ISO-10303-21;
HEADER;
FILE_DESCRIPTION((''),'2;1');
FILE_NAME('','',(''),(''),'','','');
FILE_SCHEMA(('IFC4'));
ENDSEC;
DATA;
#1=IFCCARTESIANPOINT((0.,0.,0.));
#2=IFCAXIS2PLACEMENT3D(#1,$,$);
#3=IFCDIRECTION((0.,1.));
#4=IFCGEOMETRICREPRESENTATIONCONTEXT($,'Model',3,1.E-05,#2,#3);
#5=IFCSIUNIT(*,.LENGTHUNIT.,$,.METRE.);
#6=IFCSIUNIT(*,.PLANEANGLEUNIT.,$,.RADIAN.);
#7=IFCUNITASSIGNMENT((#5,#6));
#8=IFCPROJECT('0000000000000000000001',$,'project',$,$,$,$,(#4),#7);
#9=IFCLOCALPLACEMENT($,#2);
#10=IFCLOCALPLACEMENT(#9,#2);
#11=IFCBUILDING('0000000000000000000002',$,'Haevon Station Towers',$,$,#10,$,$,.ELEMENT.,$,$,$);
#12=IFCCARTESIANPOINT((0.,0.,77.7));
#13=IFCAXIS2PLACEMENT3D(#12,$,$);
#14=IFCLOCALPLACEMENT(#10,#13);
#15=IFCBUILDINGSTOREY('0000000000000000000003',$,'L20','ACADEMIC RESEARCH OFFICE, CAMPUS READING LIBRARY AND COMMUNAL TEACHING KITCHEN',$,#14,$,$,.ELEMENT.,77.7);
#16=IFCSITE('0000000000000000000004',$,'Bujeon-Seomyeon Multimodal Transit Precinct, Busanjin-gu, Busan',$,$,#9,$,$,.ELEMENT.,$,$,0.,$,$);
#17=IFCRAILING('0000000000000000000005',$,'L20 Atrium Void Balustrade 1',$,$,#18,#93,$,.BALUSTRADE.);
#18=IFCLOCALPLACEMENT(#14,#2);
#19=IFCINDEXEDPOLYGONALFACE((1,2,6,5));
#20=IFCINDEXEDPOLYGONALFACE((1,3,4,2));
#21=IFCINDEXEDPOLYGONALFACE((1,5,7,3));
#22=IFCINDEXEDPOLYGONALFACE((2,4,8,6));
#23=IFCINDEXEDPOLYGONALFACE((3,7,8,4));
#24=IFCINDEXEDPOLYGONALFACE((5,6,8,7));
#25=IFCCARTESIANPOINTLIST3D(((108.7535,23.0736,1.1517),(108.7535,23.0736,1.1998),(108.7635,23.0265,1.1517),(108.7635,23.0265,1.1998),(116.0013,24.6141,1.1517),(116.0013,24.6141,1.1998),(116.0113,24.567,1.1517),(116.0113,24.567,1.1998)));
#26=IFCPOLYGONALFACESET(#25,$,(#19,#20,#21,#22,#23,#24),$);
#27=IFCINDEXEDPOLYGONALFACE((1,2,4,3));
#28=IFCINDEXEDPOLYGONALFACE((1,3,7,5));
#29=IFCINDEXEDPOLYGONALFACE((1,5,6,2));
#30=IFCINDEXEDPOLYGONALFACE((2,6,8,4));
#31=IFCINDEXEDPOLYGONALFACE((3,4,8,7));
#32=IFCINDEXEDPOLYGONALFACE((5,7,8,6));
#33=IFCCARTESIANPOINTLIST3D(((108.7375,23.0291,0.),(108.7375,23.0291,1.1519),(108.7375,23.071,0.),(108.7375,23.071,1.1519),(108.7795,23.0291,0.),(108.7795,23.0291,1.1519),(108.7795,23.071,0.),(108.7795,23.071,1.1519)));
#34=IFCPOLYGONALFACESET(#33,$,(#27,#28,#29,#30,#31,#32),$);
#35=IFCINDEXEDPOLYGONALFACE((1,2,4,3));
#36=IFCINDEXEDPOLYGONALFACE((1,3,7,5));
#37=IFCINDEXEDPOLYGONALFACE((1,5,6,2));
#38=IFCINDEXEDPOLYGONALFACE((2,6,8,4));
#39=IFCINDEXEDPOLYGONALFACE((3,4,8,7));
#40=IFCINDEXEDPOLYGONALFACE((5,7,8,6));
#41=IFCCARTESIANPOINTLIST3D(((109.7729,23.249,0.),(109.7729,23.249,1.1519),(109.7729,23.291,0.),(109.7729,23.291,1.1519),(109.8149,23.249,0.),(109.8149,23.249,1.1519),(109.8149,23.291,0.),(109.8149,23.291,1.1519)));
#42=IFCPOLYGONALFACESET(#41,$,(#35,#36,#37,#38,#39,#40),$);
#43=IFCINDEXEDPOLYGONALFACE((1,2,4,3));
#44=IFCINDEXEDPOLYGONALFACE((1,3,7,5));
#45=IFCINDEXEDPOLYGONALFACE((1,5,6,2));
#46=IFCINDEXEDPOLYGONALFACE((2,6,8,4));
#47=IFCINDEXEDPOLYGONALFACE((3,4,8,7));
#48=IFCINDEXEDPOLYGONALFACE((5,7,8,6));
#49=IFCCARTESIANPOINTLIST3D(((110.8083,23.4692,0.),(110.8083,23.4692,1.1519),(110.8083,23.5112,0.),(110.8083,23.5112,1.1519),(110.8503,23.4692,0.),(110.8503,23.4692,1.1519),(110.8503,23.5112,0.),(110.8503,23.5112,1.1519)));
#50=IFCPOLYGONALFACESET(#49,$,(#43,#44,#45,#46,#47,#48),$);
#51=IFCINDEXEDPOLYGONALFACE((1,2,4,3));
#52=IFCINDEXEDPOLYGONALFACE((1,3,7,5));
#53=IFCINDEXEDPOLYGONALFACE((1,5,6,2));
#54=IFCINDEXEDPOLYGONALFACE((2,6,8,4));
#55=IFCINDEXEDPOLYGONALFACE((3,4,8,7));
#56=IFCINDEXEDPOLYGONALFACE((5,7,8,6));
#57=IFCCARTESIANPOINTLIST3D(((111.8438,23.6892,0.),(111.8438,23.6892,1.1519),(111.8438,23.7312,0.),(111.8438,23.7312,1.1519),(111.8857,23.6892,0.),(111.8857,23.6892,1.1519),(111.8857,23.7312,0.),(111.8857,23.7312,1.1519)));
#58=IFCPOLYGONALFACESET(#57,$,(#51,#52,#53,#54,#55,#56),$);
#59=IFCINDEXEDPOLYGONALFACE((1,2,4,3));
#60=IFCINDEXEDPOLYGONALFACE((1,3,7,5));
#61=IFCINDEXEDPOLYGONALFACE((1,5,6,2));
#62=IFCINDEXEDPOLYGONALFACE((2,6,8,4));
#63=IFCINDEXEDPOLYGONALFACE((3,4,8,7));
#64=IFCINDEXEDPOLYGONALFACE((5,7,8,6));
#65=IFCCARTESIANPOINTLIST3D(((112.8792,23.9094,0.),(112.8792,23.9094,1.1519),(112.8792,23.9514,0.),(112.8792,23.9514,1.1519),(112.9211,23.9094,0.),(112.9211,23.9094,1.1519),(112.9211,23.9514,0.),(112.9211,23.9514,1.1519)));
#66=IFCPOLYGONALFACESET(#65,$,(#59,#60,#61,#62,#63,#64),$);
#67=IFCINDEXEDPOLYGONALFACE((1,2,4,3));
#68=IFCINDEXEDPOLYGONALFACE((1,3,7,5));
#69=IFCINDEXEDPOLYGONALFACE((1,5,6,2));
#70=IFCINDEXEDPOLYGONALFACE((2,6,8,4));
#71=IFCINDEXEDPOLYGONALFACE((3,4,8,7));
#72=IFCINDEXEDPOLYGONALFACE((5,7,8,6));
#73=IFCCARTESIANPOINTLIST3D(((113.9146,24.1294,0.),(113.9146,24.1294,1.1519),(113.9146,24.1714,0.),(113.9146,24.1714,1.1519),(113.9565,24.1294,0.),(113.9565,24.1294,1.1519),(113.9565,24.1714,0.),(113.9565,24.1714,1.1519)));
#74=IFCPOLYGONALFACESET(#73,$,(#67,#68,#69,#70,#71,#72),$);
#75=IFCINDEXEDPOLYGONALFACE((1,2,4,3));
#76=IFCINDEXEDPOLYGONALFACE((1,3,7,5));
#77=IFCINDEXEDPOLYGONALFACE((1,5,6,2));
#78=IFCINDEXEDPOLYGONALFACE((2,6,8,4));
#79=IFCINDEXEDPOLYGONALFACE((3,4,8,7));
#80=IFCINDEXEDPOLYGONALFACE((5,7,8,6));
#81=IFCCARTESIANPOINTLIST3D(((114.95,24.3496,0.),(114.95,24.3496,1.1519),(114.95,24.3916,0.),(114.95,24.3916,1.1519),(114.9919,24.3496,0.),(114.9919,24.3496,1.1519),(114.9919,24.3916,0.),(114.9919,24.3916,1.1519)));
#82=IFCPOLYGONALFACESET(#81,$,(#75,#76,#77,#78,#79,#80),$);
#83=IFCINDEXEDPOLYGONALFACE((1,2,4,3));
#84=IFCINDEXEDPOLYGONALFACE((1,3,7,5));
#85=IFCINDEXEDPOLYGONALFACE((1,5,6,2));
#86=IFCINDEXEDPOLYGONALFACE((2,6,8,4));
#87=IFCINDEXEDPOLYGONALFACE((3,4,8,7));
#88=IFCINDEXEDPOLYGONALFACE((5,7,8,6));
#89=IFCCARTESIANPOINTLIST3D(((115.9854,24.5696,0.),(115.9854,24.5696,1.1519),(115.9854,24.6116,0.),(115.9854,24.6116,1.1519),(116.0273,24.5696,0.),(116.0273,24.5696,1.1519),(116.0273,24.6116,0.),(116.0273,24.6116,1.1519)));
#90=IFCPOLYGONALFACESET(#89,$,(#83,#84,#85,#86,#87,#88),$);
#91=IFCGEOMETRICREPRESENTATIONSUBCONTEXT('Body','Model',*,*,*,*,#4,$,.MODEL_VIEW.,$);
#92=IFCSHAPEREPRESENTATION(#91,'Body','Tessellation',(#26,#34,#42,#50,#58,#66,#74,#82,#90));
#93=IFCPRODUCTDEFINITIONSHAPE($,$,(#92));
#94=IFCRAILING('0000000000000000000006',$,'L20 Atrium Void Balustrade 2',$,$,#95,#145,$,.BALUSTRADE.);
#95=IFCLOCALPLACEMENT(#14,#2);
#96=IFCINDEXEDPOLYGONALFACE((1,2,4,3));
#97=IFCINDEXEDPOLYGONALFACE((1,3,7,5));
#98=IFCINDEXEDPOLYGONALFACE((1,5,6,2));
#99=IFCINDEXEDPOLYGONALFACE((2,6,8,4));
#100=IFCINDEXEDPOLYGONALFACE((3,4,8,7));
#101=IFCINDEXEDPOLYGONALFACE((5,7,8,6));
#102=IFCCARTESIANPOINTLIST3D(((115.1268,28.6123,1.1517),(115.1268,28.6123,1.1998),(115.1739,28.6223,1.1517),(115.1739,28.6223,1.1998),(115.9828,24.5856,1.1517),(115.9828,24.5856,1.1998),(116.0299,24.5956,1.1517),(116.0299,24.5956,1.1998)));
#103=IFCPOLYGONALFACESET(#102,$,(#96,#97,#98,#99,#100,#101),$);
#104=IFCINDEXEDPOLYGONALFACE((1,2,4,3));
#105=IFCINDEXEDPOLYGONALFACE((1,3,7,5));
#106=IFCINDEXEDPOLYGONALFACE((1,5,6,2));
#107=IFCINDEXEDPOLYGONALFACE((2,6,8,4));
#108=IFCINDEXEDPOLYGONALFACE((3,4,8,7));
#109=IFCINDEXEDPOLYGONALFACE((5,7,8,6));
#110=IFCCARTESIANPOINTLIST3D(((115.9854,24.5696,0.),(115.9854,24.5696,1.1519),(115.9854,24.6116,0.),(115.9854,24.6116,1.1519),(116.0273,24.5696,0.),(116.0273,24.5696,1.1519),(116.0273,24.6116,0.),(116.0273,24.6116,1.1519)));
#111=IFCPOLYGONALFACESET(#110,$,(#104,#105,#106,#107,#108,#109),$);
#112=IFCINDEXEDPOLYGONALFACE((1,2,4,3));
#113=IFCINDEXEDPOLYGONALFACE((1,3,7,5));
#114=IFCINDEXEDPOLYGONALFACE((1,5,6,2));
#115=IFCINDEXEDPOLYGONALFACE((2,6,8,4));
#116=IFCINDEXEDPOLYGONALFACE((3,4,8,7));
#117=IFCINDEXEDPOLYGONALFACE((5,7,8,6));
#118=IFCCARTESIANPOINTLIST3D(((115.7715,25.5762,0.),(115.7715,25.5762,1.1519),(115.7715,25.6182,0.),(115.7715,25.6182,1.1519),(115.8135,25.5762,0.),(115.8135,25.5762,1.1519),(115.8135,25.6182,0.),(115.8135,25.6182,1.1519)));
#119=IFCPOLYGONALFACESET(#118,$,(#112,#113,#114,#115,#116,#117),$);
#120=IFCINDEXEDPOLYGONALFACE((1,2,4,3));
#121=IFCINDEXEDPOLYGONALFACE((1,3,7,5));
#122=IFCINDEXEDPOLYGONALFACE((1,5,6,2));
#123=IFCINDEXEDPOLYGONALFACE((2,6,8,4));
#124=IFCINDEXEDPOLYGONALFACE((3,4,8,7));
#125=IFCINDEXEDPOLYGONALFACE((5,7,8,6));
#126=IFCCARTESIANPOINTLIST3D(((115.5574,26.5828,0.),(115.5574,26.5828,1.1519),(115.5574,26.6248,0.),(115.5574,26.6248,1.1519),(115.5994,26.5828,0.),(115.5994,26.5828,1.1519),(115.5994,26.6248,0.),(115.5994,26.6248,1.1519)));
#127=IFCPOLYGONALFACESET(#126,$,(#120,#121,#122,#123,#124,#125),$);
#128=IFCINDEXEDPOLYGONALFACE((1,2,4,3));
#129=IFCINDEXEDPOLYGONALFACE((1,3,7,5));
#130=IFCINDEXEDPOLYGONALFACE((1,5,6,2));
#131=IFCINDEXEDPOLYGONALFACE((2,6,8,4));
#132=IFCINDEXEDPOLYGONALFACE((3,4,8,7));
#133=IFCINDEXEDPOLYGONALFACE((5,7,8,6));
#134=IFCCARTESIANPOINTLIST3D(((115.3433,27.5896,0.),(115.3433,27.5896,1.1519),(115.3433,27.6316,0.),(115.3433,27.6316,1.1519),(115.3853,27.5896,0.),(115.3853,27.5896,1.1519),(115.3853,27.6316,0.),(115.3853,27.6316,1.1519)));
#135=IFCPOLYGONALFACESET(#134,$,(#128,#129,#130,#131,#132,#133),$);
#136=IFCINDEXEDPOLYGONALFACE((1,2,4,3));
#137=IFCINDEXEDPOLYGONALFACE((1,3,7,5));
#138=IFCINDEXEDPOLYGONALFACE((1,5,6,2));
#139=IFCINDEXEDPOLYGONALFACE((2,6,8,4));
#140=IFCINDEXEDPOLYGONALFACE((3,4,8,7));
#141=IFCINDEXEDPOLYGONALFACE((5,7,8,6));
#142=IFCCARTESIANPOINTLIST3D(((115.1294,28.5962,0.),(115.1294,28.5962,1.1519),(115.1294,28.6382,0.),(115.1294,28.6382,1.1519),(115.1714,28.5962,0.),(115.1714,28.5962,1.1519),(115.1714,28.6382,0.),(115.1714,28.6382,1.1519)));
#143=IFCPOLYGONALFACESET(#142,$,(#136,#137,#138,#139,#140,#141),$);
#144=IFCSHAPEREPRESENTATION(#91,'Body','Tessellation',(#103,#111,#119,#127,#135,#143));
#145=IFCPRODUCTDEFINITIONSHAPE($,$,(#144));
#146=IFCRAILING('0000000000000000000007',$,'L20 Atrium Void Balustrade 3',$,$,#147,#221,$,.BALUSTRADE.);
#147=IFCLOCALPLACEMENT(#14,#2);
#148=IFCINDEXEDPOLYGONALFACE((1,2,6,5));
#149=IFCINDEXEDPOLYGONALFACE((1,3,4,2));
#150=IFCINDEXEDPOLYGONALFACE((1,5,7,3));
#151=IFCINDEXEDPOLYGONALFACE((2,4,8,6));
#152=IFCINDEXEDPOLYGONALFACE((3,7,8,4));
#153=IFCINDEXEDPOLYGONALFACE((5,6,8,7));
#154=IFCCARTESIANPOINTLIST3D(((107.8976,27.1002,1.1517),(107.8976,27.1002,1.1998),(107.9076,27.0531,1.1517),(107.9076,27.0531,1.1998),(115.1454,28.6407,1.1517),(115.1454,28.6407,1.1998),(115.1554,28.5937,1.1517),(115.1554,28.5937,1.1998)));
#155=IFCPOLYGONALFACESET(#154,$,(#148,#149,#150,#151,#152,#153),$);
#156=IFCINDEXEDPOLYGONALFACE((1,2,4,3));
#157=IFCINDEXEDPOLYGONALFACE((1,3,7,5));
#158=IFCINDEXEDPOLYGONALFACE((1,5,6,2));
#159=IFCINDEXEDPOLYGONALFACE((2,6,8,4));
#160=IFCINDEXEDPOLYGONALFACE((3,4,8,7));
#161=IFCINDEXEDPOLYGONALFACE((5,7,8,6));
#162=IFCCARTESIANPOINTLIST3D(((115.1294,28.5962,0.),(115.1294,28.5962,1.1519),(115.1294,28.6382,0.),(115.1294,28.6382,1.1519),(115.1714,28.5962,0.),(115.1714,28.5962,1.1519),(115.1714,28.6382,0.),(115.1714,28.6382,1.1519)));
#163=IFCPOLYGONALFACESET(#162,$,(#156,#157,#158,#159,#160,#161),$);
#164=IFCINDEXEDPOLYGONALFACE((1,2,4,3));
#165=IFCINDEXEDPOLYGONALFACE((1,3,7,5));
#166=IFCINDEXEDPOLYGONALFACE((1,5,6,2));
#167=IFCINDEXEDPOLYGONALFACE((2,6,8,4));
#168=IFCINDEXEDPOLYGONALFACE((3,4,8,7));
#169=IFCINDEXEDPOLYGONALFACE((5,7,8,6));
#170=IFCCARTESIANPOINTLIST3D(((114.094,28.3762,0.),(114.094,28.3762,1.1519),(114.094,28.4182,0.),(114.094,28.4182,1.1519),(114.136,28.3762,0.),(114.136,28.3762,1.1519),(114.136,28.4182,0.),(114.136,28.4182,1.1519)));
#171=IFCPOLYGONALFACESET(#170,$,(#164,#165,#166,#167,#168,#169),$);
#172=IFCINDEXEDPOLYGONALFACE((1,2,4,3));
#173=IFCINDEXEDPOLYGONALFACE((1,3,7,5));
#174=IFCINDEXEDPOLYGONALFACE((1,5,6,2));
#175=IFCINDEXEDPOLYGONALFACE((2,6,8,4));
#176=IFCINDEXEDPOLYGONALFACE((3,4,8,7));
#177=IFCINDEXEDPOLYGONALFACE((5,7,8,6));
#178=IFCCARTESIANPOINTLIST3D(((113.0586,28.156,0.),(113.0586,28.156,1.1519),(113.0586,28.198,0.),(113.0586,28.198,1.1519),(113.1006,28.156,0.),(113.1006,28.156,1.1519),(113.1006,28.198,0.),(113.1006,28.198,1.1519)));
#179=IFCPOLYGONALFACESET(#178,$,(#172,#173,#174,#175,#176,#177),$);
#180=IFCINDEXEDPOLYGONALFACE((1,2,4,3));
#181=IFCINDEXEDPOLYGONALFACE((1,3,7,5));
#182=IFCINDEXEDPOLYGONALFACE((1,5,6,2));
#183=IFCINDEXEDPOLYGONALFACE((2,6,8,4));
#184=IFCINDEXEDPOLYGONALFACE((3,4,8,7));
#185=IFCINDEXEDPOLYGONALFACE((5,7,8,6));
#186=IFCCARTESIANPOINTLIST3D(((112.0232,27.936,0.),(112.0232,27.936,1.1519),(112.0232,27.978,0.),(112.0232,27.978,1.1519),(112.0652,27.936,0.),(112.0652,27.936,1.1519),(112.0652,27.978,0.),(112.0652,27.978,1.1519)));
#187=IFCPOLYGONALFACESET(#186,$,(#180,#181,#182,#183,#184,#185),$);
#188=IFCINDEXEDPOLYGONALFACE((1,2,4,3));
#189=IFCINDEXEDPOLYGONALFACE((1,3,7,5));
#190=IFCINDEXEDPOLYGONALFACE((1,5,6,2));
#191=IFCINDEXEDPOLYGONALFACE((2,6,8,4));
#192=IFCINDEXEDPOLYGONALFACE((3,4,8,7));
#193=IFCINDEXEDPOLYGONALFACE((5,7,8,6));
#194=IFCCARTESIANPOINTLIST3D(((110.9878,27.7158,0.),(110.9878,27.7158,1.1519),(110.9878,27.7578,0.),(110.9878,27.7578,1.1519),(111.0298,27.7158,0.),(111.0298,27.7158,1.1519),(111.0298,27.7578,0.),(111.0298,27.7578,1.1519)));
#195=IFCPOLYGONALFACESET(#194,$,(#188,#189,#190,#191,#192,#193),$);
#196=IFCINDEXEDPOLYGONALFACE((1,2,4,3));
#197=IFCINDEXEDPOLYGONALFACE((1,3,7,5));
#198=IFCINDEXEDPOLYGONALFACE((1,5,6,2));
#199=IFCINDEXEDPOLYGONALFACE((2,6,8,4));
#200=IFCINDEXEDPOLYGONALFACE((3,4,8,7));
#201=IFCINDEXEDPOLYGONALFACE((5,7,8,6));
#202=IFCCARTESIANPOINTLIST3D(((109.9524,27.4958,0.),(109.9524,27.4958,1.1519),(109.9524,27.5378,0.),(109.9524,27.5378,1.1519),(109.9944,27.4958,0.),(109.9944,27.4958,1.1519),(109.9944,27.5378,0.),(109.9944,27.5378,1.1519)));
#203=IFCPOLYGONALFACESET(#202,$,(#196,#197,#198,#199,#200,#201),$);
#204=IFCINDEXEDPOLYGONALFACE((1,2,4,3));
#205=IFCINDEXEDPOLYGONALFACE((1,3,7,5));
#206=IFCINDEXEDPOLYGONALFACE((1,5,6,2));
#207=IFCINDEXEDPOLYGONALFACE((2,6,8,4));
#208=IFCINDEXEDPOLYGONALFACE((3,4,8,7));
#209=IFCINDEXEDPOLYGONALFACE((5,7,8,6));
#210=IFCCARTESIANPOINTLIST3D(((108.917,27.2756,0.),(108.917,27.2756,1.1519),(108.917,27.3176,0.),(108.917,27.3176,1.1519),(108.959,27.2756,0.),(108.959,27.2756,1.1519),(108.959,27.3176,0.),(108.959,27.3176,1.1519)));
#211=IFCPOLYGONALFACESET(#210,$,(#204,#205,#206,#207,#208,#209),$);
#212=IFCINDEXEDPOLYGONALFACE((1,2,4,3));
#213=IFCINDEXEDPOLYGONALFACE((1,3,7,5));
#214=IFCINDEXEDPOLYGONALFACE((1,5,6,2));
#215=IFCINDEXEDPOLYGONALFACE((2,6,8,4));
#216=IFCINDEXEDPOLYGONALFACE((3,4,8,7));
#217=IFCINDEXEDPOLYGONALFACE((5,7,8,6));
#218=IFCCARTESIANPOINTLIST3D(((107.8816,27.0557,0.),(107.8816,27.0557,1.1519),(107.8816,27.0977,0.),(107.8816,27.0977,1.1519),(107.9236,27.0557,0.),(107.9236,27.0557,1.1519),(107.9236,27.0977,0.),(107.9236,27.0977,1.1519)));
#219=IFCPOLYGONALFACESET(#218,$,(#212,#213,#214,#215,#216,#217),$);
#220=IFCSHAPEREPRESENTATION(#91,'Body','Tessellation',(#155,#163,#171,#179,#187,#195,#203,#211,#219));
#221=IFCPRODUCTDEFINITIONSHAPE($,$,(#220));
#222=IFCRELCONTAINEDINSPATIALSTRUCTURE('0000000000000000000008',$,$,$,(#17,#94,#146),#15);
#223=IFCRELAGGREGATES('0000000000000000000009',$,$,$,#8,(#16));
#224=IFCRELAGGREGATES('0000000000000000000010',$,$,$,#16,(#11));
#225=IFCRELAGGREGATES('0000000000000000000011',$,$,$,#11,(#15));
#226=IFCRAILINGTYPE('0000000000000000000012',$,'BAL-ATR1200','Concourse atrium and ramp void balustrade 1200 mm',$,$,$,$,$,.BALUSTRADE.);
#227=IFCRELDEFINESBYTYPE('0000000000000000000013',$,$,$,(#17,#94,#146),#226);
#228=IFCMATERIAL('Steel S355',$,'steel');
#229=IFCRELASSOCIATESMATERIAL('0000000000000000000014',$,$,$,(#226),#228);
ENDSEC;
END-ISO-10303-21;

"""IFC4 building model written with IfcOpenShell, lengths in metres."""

from ifc_helpers import new_model, si_unit, direction, frame, origin, origin_2d, place, context, subcontext, project, spatial, rectangle, extrude, material, type_object, element, save


model = new_model("IFC4")

# Units and contexts
model_context = context("Model", 3, precision=1e-05, world=origin(), true_north=direction((0.0, 1.0)))
body_context = subcontext(model_context, "Body", "Model", "MODEL_VIEW")
ifc_project = project(units=[si_unit("LENGTHUNIT", "METRE"), si_unit("PLANEANGLEUNIT", "RADIAN")], contexts=[model_context])

# Site, building, storey
site_placement = place(None, origin())
site = spatial("IfcSite", under=ifc_project, at=site_placement, Name="Bujeon-Seomyeon Multimodal Transit Precinct, Busanjin-gu, Busan", CompositionType="ELEMENT", RefElevation=0.0)
building_placement = place(site_placement, origin())
building = spatial("IfcBuilding", under=site, at=building_placement, Name="Haevon Station Towers", CompositionType="ELEMENT")
storey_placement = place(building_placement, frame((0.0, 0.0, 77.7)))
storey = spatial("IfcBuildingStorey", under=building, at=storey_placement, Name="L20", Description="ACADEMIC RESEARCH OFFICE, CAMPUS READING LIBRARY AND COMMUNAL TEACHING KITCHEN", CompositionType="ELEMENT", Elevation=77.7)

# Shared definitions
ifc_material_1 = material(Name="Steel S355", Category="steel")

# Railings
railing_type = type_object("IfcRailingType", Name="BAL-ATR1200", Description="Concourse atrium and ramp void balustrade 1200 mm", PredefinedType="BALUSTRADE", material=ifc_material_1)
railing_1_placement = place(storey_placement, frame((108.7585, 23.05, 0.0)))
element("IfcRailing", 1, at=railing_1_placement, inside=storey, type_object=railing_type, Name="L20 Atrium Void Balustrade 1", PredefinedType="BALUSTRADE", context=body_context, shape_type="SweptSolid", body=[
    extrude(rectangle(XDim=0.0481, YDim=0.0481, at=origin_2d()), frame((0.0, 0.0, 1.1758), z_axis=(0.978149, 0.207906, 0.0), x_axis=(-0.207906, 0.978149, 0.0)), (0.0, 0.0, 1.0), 7.4097),
    extrude(rectangle(XDim=0.042, YDim=0.042, at=origin_2d()), origin(), (0.0, 0.0, 1.0), 1.1519),
    extrude(rectangle(XDim=0.042, YDim=0.042, at=origin_2d()), frame((1.0354, 0.22, 0.0)), (0.0, 0.0, 1.0), 1.1519),
    extrude(rectangle(XDim=0.042, YDim=0.042, at=origin_2d()), frame((2.0708, 0.4402, 0.0)), (0.0, 0.0, 1.0), 1.1519),
    extrude(rectangle(XDim=0.042, YDim=0.042, at=origin_2d()), frame((3.1062, 0.6602, 0.0)), (0.0, 0.0, 1.0), 1.1519),
    extrude(rectangle(XDim=0.042, YDim=0.042, at=origin_2d()), frame((4.1416, 0.8804, 0.0)), (0.0, 0.0, 1.0), 1.1519),
    extrude(rectangle(XDim=0.042, YDim=0.042, at=origin_2d()), frame((5.177, 1.1003, 0.0)), (0.0, 0.0, 1.0), 1.1519),
    extrude(rectangle(XDim=0.042, YDim=0.042, at=origin_2d()), frame((6.2124, 1.3206, 0.0)), (0.0, 0.0, 1.0), 1.1519),
    extrude(rectangle(XDim=0.042, YDim=0.042, at=origin_2d()), frame((7.2478, 1.5405, 0.0)), (0.0, 0.0, 1.0), 1.1519),
])
railing_2_placement = place(storey_placement, frame((116.0063, 24.5906, 0.0)))
element("IfcRailing", 2, at=railing_2_placement, inside=storey, type_object=railing_type, Name="L20 Atrium Void Balustrade 2", PredefinedType="BALUSTRADE", context=body_context, shape_type="SweptSolid", body=[
    extrude(rectangle(XDim=0.0481, YDim=0.0481, at=origin_2d()), frame((0.0, 0.0, 1.1758), z_axis=(-0.207929, 0.978144, 0.0), x_axis=(-0.978144, -0.207929, 0.0)), (0.0, 0.0, 1.0), 4.1167),
    extrude(rectangle(XDim=0.042, YDim=0.042, at=origin_2d()), origin(), (0.0, 0.0, 1.0), 1.1519),
    extrude(rectangle(XDim=0.042, YDim=0.042, at=origin_2d()), frame((-0.2139, 1.0066, 0.0)), (0.0, 0.0, 1.0), 1.1519),
    extrude(rectangle(XDim=0.042, YDim=0.042, at=origin_2d()), frame((-0.428, 2.0132, 0.0)), (0.0, 0.0, 1.0), 1.1519),
    extrude(rectangle(XDim=0.042, YDim=0.042, at=origin_2d()), frame((-0.6421, 3.02, 0.0)), (0.0, 0.0, 1.0), 1.1519),
    extrude(rectangle(XDim=0.042, YDim=0.042, at=origin_2d()), frame((-0.856, 4.0266, 0.0)), (0.0, 0.0, 1.0), 1.1519),
])
railing_3_placement = place(storey_placement, frame((115.1504, 28.6172, 0.0)))
element("IfcRailing", 3, at=railing_3_placement, inside=storey, type_object=railing_type, Name="L20 Atrium Void Balustrade 3", PredefinedType="BALUSTRADE", context=body_context, shape_type="SweptSolid", body=[
    extrude(rectangle(XDim=0.0481, YDim=0.0481, at=origin_2d()), frame((0.0, 0.0, 1.1758), z_axis=(-0.978149, -0.207906, 0.0), x_axis=(0.207906, -0.978149, 0.0)), (0.0, 0.0, 1.0), 7.4097),
    extrude(rectangle(XDim=0.042, YDim=0.042, at=origin_2d()), origin(), (0.0, 0.0, 1.0), 1.1519),
    extrude(rectangle(XDim=0.042, YDim=0.042, at=origin_2d()), frame((-1.0354, -0.22, 0.0)), (0.0, 0.0, 1.0), 1.1519),
    extrude(rectangle(XDim=0.042, YDim=0.042, at=origin_2d()), frame((-2.0708, -0.4402, 0.0)), (0.0, 0.0, 1.0), 1.1519),
    extrude(rectangle(XDim=0.042, YDim=0.042, at=origin_2d()), frame((-3.1062, -0.6602, 0.0)), (0.0, 0.0, 1.0), 1.1519),
    extrude(rectangle(XDim=0.042, YDim=0.042, at=origin_2d()), frame((-4.1416, -0.8804, 0.0)), (0.0, 0.0, 1.0), 1.1519),
    extrude(rectangle(XDim=0.042, YDim=0.042, at=origin_2d()), frame((-5.177, -1.1003, 0.0)), (0.0, 0.0, 1.0), 1.1519),
    extrude(rectangle(XDim=0.042, YDim=0.042, at=origin_2d()), frame((-6.2124, -1.3206, 0.0)), (0.0, 0.0, 1.0), 1.1519),
    extrude(rectangle(XDim=0.042, YDim=0.042, at=origin_2d()), frame((-7.2478, -1.5405, 0.0)), (0.0, 0.0, 1.0), 1.1519),
])

save(model, "model.ifc")
